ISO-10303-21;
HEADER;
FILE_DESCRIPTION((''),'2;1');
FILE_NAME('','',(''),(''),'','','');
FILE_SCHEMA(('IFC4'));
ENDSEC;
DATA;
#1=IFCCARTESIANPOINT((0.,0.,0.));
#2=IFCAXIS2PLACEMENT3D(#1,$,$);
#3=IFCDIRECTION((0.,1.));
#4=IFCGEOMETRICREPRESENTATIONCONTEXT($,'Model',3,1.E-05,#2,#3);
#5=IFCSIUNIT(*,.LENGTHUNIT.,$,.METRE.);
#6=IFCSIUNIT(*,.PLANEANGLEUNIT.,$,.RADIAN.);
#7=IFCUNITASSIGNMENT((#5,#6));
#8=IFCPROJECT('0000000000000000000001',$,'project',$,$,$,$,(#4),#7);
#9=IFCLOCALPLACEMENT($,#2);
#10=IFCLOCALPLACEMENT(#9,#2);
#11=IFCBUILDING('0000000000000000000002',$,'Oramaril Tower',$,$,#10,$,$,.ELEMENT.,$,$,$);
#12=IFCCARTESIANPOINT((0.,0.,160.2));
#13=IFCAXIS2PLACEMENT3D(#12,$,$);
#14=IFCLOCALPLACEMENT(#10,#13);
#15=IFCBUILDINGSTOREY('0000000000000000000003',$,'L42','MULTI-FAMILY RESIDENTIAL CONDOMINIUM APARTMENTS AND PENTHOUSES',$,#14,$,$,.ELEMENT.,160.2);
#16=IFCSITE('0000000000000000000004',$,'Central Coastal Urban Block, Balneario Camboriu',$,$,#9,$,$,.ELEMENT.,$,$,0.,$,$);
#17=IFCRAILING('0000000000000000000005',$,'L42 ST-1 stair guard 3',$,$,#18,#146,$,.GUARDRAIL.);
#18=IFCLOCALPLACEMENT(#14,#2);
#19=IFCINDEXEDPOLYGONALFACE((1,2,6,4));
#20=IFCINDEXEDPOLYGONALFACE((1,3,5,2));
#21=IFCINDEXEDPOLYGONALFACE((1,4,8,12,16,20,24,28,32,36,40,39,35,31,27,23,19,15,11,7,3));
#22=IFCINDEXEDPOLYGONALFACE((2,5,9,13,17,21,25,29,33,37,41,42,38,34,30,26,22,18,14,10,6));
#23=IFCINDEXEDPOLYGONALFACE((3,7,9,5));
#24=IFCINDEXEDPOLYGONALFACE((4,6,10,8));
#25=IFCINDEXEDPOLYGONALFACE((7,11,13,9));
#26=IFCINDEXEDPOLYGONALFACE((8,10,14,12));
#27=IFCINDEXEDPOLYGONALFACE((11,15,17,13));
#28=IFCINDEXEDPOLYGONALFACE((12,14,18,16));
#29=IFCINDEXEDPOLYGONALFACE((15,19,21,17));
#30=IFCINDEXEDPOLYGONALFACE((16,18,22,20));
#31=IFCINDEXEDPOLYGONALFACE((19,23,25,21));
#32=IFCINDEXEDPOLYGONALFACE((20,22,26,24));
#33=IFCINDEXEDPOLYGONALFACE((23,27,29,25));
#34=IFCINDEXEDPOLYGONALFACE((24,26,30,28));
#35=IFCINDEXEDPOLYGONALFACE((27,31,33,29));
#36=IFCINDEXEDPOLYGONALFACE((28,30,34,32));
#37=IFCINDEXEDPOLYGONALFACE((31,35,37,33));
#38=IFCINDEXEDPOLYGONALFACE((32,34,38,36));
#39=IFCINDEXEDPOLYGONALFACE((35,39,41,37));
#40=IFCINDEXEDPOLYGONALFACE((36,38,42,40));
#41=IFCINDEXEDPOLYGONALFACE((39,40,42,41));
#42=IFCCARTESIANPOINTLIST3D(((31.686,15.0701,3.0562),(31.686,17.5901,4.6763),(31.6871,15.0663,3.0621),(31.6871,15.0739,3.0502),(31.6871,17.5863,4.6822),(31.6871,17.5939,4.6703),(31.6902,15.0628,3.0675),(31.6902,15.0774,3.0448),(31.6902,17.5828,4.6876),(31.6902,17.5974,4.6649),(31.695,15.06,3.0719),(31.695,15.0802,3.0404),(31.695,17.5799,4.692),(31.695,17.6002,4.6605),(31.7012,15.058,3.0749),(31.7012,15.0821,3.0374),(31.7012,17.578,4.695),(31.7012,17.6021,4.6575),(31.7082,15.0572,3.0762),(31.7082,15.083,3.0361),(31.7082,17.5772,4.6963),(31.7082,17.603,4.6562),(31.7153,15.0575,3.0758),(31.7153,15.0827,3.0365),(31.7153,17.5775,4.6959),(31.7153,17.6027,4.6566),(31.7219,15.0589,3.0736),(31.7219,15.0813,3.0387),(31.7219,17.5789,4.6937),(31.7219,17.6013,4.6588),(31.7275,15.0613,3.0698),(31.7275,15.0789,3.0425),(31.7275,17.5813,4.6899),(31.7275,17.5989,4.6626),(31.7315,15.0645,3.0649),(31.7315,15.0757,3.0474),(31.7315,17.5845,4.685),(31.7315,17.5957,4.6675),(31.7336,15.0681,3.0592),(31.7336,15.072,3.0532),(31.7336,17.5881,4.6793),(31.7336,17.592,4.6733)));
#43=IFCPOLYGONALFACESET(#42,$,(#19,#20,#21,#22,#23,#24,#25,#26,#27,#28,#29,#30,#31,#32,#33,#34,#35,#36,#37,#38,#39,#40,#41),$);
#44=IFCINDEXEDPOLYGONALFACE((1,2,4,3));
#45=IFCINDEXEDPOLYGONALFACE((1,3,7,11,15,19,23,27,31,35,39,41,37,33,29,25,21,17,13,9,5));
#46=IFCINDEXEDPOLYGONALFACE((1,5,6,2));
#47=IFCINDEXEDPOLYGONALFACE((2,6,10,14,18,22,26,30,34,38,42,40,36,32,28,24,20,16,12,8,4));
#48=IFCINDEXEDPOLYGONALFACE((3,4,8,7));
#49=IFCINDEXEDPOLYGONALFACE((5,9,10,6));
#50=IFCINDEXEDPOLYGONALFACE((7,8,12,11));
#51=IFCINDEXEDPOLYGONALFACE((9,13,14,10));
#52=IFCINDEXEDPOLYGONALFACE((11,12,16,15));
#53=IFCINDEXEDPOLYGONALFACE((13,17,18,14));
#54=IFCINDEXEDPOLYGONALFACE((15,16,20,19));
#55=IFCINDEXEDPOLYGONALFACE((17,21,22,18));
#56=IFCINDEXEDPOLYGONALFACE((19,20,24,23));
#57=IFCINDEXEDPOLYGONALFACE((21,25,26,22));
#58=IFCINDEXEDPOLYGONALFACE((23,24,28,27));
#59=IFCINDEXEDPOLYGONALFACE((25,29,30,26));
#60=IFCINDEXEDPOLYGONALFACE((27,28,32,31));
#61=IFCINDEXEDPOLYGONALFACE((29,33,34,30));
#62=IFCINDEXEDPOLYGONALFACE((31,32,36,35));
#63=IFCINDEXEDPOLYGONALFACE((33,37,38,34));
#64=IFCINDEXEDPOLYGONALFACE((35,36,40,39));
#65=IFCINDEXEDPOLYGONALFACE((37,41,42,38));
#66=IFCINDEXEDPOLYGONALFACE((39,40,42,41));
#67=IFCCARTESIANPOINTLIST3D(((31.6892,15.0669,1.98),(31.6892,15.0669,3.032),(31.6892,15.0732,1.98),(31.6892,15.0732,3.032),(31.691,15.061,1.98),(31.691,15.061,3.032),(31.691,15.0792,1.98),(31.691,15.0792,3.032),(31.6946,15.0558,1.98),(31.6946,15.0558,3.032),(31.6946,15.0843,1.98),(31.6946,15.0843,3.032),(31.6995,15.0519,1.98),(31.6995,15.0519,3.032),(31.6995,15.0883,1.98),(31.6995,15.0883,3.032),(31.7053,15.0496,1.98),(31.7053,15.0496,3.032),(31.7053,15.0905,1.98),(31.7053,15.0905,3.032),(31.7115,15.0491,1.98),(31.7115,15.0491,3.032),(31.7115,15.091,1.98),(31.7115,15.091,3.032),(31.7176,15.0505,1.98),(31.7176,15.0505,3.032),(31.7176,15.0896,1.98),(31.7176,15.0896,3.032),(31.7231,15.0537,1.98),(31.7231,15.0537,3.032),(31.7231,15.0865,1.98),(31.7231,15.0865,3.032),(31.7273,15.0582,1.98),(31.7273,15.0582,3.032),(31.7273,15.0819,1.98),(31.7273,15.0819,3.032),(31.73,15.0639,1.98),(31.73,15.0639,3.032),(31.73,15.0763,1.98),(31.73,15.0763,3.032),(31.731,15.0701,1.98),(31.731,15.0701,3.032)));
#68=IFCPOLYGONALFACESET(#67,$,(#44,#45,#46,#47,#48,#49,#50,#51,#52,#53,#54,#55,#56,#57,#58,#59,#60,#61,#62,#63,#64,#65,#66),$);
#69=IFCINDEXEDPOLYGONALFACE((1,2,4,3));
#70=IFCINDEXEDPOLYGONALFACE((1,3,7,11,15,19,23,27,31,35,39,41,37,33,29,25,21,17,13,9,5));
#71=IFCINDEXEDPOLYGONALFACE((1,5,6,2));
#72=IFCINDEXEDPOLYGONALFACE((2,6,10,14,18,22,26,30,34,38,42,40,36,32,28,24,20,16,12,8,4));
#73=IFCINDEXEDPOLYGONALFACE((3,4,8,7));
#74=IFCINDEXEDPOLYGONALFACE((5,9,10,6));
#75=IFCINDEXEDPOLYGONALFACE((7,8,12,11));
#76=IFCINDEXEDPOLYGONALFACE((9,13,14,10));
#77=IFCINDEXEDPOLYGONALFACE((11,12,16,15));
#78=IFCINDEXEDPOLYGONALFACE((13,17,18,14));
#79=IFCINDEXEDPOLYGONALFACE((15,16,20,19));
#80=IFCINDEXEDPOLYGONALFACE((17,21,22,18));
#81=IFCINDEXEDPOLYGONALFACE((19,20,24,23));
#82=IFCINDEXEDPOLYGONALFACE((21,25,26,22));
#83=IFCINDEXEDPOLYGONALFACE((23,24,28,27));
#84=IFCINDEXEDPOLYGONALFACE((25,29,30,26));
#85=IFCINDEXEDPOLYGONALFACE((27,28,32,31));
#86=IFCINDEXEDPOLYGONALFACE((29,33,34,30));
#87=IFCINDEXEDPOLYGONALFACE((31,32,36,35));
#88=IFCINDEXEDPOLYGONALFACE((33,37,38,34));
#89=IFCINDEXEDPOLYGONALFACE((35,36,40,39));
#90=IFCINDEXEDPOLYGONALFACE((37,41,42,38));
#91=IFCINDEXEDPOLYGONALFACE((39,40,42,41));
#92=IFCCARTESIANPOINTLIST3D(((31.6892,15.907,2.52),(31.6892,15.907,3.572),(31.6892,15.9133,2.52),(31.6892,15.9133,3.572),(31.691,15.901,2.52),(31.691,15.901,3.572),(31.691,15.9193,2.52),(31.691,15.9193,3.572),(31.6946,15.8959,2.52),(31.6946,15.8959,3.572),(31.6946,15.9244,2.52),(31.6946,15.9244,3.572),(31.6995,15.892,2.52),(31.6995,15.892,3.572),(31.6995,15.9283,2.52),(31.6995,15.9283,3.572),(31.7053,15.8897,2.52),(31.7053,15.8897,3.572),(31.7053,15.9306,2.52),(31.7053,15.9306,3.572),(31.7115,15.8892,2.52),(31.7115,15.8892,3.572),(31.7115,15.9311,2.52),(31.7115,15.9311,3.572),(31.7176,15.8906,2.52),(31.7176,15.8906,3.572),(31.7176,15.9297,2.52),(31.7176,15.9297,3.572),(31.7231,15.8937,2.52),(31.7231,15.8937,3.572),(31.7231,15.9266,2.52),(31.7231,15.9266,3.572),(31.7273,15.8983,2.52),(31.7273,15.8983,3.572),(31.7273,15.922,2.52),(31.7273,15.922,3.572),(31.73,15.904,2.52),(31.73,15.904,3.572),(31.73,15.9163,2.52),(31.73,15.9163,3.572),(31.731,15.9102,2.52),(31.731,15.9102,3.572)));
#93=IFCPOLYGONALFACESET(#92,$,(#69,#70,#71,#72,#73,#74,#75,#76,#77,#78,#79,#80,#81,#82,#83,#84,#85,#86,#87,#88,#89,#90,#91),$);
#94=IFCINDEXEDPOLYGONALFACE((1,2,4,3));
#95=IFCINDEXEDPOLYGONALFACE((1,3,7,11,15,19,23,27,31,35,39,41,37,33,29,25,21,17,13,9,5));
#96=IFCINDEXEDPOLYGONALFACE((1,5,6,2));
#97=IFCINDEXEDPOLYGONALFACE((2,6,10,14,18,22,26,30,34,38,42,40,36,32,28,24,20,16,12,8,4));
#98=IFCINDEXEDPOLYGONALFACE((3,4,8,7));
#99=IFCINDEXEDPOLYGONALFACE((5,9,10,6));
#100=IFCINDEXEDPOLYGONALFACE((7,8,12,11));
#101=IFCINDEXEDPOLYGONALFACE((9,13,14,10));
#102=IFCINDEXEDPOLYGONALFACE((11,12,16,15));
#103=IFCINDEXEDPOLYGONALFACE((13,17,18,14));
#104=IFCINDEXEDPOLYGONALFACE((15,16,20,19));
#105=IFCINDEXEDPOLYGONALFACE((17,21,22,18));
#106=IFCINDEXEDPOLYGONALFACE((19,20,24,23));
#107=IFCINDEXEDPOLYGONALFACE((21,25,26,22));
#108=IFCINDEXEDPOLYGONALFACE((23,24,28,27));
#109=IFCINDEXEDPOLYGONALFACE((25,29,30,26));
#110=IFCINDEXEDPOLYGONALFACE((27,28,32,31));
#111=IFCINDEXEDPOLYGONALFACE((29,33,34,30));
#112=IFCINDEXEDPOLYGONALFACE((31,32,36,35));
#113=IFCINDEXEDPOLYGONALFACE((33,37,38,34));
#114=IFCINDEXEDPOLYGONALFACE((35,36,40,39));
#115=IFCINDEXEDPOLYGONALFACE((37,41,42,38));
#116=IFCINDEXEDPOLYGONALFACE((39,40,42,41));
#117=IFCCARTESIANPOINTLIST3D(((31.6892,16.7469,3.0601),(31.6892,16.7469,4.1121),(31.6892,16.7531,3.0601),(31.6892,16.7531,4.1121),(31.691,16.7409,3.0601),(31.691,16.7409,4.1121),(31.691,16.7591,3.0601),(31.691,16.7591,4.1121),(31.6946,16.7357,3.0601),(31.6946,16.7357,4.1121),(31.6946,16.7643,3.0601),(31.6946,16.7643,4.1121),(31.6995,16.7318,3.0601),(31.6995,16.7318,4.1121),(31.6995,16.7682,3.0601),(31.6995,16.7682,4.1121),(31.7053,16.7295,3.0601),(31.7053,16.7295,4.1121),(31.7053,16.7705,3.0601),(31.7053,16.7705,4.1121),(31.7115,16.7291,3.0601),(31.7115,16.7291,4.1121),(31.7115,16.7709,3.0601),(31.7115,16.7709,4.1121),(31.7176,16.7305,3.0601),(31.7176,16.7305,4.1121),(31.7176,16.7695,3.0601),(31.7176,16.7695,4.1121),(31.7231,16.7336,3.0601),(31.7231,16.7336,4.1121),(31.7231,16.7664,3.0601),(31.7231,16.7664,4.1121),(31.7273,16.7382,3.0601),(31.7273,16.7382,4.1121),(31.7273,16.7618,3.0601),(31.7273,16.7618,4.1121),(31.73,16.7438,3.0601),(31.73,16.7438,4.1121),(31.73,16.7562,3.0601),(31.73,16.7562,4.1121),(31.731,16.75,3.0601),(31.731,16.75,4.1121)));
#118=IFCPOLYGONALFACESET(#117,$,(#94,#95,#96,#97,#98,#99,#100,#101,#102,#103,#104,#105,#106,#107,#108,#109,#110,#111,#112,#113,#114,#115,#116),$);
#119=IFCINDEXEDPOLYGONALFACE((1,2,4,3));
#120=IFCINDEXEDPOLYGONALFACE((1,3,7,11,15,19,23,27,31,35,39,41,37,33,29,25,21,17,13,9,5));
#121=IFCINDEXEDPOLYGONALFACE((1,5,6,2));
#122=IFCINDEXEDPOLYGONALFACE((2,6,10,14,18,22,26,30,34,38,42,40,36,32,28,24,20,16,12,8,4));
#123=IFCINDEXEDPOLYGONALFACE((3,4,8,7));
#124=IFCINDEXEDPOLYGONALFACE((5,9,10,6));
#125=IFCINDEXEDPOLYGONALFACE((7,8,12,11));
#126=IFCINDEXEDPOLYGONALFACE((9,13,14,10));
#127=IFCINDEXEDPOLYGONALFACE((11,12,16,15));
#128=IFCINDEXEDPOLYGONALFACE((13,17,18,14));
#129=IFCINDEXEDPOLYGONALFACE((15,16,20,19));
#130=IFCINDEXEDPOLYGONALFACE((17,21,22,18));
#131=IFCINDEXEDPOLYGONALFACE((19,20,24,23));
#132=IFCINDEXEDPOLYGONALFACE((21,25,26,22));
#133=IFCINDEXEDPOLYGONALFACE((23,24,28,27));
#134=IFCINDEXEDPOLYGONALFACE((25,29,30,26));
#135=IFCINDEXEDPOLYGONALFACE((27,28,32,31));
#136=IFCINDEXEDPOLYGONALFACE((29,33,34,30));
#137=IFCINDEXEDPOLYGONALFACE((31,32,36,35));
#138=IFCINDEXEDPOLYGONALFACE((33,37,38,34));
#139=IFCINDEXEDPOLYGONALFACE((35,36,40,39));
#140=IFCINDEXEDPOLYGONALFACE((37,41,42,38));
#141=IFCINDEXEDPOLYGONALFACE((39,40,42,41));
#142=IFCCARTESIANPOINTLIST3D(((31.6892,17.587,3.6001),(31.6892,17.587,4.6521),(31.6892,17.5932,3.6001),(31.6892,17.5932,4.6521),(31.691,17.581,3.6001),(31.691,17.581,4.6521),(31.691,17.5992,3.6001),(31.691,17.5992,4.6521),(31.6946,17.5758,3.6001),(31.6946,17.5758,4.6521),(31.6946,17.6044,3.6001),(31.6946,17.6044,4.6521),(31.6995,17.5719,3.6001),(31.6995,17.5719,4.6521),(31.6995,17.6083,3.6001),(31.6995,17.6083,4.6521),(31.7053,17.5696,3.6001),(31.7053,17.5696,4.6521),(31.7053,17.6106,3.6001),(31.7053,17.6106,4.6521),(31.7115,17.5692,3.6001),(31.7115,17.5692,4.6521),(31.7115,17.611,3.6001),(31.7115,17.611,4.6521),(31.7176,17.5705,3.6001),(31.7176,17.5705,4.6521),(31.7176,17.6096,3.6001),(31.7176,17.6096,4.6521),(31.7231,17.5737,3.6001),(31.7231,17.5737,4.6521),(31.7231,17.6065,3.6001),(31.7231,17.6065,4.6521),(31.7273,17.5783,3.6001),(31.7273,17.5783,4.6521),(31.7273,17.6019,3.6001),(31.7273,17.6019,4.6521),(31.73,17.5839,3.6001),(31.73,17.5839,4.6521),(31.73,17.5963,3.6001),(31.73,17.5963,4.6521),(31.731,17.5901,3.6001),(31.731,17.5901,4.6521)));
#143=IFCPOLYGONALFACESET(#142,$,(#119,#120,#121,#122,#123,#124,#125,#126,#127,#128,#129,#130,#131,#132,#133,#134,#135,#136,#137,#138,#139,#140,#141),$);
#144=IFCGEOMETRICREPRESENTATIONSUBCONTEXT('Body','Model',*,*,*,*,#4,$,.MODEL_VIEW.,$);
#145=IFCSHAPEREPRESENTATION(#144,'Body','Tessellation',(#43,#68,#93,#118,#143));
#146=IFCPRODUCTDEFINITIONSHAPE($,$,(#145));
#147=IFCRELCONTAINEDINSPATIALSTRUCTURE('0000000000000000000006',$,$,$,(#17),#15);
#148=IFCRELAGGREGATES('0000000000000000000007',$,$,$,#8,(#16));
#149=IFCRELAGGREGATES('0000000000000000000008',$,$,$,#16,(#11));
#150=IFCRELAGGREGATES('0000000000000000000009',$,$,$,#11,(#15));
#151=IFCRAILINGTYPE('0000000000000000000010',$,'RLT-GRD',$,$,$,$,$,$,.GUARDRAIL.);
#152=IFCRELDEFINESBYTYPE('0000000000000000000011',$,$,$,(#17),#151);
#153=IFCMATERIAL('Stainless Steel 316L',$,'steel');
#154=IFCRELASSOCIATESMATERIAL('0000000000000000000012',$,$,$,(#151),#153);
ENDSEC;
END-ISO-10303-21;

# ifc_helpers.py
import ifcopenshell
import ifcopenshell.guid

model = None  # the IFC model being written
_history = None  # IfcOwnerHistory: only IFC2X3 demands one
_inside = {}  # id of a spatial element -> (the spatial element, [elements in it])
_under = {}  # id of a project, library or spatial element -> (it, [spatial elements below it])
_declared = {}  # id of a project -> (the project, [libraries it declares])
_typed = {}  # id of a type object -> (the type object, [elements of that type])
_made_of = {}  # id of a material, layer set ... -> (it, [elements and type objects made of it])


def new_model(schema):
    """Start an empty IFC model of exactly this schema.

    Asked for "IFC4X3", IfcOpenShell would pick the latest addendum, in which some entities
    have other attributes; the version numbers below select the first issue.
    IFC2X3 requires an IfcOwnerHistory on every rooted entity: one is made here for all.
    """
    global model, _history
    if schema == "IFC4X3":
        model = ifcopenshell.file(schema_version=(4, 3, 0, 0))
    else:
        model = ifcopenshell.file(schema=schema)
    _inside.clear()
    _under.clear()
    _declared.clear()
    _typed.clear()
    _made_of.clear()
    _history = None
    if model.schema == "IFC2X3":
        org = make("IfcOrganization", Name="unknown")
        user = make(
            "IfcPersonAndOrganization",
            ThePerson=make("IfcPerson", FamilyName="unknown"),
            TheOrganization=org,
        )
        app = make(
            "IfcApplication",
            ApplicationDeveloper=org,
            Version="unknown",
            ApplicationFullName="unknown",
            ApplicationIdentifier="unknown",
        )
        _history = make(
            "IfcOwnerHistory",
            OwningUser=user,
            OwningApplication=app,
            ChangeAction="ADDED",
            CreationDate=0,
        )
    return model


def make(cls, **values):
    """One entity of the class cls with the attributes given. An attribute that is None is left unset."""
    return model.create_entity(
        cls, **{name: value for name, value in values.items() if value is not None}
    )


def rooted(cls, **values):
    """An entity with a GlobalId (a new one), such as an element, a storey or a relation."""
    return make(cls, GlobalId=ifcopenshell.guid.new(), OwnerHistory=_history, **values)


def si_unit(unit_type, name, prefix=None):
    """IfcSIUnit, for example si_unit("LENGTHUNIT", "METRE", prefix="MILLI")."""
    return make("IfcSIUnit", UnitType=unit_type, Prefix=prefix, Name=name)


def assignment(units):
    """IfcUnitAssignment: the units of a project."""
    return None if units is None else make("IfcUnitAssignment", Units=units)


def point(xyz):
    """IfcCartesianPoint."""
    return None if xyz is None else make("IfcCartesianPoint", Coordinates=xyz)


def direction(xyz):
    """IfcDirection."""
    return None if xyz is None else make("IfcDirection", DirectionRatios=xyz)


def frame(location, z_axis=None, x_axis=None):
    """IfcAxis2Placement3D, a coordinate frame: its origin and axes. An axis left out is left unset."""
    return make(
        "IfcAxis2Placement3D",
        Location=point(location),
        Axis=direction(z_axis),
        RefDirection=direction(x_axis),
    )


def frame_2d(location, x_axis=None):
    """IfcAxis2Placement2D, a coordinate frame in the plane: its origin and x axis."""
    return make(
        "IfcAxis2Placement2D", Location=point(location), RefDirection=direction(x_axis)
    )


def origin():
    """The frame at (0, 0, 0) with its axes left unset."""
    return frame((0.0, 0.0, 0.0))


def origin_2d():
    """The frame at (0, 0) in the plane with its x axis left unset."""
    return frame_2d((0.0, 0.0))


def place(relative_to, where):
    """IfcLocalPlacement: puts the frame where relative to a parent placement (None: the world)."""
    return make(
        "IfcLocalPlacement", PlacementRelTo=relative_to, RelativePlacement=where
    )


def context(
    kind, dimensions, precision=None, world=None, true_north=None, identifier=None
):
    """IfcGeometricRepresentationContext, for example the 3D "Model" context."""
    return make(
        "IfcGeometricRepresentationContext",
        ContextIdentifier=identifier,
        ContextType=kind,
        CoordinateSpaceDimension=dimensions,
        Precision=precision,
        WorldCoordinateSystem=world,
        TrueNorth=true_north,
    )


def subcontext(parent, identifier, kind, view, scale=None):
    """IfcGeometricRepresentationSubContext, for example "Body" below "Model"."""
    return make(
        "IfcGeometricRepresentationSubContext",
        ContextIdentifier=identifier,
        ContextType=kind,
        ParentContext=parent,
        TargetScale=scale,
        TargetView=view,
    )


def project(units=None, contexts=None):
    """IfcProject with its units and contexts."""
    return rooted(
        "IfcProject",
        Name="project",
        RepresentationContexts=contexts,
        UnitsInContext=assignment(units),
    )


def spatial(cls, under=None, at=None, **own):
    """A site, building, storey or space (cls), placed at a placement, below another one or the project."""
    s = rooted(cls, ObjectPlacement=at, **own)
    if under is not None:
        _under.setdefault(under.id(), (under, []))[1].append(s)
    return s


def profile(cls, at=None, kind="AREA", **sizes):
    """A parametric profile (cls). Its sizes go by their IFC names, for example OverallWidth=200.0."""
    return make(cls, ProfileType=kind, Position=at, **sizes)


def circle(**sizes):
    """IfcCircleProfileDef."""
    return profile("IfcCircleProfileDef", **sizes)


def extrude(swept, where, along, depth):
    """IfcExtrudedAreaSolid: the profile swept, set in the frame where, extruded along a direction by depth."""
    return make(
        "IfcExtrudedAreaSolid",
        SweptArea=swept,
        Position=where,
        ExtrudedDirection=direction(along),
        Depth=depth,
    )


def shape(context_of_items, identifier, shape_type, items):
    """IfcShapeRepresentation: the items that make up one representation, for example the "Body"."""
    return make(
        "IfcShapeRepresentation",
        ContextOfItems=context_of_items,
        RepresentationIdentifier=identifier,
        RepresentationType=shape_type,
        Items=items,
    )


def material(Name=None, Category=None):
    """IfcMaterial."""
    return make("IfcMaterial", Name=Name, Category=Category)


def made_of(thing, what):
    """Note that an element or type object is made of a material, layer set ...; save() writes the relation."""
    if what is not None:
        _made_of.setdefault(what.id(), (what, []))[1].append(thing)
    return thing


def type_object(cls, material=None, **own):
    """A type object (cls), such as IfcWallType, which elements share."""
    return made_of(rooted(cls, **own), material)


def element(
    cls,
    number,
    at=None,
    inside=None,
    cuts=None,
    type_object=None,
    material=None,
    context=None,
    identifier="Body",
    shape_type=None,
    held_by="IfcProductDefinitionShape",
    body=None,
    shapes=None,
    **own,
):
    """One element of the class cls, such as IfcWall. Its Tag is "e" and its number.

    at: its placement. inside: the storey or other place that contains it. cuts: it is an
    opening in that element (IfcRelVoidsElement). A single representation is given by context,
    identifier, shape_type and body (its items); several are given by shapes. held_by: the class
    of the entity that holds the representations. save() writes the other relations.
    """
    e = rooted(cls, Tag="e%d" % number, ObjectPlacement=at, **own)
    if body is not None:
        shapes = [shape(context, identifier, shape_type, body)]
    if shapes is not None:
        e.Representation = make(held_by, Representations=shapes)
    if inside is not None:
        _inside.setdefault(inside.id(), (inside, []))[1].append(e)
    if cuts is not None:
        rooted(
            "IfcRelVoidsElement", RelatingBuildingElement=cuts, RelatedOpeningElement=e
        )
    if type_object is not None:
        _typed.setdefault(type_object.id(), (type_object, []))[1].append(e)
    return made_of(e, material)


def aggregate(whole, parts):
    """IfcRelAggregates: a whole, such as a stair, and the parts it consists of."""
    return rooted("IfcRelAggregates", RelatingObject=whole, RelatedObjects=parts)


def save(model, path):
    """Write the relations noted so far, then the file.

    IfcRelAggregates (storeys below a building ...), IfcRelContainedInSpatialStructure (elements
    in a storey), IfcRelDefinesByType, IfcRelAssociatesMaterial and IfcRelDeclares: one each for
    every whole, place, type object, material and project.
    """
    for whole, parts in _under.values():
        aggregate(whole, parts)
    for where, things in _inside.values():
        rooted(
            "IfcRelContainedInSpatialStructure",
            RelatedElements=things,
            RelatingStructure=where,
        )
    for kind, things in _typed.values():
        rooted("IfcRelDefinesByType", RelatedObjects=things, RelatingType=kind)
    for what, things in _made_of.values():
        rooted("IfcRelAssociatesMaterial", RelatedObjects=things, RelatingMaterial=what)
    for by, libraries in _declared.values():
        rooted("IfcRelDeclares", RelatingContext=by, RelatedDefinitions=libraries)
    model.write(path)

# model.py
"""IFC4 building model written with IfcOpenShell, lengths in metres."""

from ifc_helpers import new_model, si_unit, direction, frame, origin, origin_2d, place, context, subcontext, project, spatial, circle, extrude, material, type_object, element, save


model = new_model("IFC4")

# Units and contexts
model_context = context("Model", 3, precision=1e-05, world=origin(), true_north=direction((0.0, 1.0)))
body_context = subcontext(model_context, "Body", "Model", "MODEL_VIEW")
ifc_project = project(units=[si_unit("LENGTHUNIT", "METRE"), si_unit("PLANEANGLEUNIT", "RADIAN")], contexts=[model_context])

# Site, building, storey
site_placement = place(None, origin())
site = spatial("IfcSite", under=ifc_project, at=site_placement, Name="Central Coastal Urban Block, Balneario Camboriu", CompositionType="ELEMENT", RefElevation=0.0)
building_placement = place(site_placement, origin())
building = spatial("IfcBuilding", under=site, at=building_placement, Name="Oramaril Tower", CompositionType="ELEMENT")
storey_placement = place(building_placement, frame((0.0, 0.0, 160.2)))
storey = spatial("IfcBuildingStorey", under=building, at=storey_placement, Name="L42", Description="MULTI-FAMILY RESIDENTIAL CONDOMINIUM APARTMENTS AND PENTHOUSES", CompositionType="ELEMENT", Elevation=160.2)

# Railing
ifc_material_1 = material(Name="Stainless Steel 316L", Category="steel")
railing_type_1 = type_object("IfcRailingType", Name="RLT-GRD", PredefinedType="GUARDRAIL", material=ifc_material_1)
railing_1_placement = place(storey_placement, frame((31.71, 15.0701, 1.98)))
element("IfcRailing", 1, at=railing_1_placement, inside=storey, type_object=railing_type_1, Name="L42 ST-1 stair guard 3", PredefinedType="GUARDRAIL", context=body_context, shape_type="SweptSolid", body=[
    extrude(circle(Radius=0.0239, at=origin_2d()), frame((0.0, 0.0, 1.0762), z_axis=(0.0, 0.841163, 0.540782), x_axis=(-1.0, 0.0, 0.0)), (0.0, 0.0, 1.0), 2.9958),
    extrude(circle(Radius=0.021, at=origin_2d()), origin(), (0.0, 0.0, 1.0), 1.052),
    extrude(circle(Radius=0.021, at=origin_2d()), frame((0.0, 0.8401, 0.54)), (0.0, 0.0, 1.0), 1.052),
    extrude(circle(Radius=0.021, at=origin_2d()), frame((0.0, 1.6799, 1.0801)), (0.0, 0.0, 1.0), 1.052),
    extrude(circle(Radius=0.021, at=origin_2d()), frame((0.0, 2.52, 1.6201)), (0.0, 0.0, 1.0), 1.052),
])

save(model, "model.ifc")
